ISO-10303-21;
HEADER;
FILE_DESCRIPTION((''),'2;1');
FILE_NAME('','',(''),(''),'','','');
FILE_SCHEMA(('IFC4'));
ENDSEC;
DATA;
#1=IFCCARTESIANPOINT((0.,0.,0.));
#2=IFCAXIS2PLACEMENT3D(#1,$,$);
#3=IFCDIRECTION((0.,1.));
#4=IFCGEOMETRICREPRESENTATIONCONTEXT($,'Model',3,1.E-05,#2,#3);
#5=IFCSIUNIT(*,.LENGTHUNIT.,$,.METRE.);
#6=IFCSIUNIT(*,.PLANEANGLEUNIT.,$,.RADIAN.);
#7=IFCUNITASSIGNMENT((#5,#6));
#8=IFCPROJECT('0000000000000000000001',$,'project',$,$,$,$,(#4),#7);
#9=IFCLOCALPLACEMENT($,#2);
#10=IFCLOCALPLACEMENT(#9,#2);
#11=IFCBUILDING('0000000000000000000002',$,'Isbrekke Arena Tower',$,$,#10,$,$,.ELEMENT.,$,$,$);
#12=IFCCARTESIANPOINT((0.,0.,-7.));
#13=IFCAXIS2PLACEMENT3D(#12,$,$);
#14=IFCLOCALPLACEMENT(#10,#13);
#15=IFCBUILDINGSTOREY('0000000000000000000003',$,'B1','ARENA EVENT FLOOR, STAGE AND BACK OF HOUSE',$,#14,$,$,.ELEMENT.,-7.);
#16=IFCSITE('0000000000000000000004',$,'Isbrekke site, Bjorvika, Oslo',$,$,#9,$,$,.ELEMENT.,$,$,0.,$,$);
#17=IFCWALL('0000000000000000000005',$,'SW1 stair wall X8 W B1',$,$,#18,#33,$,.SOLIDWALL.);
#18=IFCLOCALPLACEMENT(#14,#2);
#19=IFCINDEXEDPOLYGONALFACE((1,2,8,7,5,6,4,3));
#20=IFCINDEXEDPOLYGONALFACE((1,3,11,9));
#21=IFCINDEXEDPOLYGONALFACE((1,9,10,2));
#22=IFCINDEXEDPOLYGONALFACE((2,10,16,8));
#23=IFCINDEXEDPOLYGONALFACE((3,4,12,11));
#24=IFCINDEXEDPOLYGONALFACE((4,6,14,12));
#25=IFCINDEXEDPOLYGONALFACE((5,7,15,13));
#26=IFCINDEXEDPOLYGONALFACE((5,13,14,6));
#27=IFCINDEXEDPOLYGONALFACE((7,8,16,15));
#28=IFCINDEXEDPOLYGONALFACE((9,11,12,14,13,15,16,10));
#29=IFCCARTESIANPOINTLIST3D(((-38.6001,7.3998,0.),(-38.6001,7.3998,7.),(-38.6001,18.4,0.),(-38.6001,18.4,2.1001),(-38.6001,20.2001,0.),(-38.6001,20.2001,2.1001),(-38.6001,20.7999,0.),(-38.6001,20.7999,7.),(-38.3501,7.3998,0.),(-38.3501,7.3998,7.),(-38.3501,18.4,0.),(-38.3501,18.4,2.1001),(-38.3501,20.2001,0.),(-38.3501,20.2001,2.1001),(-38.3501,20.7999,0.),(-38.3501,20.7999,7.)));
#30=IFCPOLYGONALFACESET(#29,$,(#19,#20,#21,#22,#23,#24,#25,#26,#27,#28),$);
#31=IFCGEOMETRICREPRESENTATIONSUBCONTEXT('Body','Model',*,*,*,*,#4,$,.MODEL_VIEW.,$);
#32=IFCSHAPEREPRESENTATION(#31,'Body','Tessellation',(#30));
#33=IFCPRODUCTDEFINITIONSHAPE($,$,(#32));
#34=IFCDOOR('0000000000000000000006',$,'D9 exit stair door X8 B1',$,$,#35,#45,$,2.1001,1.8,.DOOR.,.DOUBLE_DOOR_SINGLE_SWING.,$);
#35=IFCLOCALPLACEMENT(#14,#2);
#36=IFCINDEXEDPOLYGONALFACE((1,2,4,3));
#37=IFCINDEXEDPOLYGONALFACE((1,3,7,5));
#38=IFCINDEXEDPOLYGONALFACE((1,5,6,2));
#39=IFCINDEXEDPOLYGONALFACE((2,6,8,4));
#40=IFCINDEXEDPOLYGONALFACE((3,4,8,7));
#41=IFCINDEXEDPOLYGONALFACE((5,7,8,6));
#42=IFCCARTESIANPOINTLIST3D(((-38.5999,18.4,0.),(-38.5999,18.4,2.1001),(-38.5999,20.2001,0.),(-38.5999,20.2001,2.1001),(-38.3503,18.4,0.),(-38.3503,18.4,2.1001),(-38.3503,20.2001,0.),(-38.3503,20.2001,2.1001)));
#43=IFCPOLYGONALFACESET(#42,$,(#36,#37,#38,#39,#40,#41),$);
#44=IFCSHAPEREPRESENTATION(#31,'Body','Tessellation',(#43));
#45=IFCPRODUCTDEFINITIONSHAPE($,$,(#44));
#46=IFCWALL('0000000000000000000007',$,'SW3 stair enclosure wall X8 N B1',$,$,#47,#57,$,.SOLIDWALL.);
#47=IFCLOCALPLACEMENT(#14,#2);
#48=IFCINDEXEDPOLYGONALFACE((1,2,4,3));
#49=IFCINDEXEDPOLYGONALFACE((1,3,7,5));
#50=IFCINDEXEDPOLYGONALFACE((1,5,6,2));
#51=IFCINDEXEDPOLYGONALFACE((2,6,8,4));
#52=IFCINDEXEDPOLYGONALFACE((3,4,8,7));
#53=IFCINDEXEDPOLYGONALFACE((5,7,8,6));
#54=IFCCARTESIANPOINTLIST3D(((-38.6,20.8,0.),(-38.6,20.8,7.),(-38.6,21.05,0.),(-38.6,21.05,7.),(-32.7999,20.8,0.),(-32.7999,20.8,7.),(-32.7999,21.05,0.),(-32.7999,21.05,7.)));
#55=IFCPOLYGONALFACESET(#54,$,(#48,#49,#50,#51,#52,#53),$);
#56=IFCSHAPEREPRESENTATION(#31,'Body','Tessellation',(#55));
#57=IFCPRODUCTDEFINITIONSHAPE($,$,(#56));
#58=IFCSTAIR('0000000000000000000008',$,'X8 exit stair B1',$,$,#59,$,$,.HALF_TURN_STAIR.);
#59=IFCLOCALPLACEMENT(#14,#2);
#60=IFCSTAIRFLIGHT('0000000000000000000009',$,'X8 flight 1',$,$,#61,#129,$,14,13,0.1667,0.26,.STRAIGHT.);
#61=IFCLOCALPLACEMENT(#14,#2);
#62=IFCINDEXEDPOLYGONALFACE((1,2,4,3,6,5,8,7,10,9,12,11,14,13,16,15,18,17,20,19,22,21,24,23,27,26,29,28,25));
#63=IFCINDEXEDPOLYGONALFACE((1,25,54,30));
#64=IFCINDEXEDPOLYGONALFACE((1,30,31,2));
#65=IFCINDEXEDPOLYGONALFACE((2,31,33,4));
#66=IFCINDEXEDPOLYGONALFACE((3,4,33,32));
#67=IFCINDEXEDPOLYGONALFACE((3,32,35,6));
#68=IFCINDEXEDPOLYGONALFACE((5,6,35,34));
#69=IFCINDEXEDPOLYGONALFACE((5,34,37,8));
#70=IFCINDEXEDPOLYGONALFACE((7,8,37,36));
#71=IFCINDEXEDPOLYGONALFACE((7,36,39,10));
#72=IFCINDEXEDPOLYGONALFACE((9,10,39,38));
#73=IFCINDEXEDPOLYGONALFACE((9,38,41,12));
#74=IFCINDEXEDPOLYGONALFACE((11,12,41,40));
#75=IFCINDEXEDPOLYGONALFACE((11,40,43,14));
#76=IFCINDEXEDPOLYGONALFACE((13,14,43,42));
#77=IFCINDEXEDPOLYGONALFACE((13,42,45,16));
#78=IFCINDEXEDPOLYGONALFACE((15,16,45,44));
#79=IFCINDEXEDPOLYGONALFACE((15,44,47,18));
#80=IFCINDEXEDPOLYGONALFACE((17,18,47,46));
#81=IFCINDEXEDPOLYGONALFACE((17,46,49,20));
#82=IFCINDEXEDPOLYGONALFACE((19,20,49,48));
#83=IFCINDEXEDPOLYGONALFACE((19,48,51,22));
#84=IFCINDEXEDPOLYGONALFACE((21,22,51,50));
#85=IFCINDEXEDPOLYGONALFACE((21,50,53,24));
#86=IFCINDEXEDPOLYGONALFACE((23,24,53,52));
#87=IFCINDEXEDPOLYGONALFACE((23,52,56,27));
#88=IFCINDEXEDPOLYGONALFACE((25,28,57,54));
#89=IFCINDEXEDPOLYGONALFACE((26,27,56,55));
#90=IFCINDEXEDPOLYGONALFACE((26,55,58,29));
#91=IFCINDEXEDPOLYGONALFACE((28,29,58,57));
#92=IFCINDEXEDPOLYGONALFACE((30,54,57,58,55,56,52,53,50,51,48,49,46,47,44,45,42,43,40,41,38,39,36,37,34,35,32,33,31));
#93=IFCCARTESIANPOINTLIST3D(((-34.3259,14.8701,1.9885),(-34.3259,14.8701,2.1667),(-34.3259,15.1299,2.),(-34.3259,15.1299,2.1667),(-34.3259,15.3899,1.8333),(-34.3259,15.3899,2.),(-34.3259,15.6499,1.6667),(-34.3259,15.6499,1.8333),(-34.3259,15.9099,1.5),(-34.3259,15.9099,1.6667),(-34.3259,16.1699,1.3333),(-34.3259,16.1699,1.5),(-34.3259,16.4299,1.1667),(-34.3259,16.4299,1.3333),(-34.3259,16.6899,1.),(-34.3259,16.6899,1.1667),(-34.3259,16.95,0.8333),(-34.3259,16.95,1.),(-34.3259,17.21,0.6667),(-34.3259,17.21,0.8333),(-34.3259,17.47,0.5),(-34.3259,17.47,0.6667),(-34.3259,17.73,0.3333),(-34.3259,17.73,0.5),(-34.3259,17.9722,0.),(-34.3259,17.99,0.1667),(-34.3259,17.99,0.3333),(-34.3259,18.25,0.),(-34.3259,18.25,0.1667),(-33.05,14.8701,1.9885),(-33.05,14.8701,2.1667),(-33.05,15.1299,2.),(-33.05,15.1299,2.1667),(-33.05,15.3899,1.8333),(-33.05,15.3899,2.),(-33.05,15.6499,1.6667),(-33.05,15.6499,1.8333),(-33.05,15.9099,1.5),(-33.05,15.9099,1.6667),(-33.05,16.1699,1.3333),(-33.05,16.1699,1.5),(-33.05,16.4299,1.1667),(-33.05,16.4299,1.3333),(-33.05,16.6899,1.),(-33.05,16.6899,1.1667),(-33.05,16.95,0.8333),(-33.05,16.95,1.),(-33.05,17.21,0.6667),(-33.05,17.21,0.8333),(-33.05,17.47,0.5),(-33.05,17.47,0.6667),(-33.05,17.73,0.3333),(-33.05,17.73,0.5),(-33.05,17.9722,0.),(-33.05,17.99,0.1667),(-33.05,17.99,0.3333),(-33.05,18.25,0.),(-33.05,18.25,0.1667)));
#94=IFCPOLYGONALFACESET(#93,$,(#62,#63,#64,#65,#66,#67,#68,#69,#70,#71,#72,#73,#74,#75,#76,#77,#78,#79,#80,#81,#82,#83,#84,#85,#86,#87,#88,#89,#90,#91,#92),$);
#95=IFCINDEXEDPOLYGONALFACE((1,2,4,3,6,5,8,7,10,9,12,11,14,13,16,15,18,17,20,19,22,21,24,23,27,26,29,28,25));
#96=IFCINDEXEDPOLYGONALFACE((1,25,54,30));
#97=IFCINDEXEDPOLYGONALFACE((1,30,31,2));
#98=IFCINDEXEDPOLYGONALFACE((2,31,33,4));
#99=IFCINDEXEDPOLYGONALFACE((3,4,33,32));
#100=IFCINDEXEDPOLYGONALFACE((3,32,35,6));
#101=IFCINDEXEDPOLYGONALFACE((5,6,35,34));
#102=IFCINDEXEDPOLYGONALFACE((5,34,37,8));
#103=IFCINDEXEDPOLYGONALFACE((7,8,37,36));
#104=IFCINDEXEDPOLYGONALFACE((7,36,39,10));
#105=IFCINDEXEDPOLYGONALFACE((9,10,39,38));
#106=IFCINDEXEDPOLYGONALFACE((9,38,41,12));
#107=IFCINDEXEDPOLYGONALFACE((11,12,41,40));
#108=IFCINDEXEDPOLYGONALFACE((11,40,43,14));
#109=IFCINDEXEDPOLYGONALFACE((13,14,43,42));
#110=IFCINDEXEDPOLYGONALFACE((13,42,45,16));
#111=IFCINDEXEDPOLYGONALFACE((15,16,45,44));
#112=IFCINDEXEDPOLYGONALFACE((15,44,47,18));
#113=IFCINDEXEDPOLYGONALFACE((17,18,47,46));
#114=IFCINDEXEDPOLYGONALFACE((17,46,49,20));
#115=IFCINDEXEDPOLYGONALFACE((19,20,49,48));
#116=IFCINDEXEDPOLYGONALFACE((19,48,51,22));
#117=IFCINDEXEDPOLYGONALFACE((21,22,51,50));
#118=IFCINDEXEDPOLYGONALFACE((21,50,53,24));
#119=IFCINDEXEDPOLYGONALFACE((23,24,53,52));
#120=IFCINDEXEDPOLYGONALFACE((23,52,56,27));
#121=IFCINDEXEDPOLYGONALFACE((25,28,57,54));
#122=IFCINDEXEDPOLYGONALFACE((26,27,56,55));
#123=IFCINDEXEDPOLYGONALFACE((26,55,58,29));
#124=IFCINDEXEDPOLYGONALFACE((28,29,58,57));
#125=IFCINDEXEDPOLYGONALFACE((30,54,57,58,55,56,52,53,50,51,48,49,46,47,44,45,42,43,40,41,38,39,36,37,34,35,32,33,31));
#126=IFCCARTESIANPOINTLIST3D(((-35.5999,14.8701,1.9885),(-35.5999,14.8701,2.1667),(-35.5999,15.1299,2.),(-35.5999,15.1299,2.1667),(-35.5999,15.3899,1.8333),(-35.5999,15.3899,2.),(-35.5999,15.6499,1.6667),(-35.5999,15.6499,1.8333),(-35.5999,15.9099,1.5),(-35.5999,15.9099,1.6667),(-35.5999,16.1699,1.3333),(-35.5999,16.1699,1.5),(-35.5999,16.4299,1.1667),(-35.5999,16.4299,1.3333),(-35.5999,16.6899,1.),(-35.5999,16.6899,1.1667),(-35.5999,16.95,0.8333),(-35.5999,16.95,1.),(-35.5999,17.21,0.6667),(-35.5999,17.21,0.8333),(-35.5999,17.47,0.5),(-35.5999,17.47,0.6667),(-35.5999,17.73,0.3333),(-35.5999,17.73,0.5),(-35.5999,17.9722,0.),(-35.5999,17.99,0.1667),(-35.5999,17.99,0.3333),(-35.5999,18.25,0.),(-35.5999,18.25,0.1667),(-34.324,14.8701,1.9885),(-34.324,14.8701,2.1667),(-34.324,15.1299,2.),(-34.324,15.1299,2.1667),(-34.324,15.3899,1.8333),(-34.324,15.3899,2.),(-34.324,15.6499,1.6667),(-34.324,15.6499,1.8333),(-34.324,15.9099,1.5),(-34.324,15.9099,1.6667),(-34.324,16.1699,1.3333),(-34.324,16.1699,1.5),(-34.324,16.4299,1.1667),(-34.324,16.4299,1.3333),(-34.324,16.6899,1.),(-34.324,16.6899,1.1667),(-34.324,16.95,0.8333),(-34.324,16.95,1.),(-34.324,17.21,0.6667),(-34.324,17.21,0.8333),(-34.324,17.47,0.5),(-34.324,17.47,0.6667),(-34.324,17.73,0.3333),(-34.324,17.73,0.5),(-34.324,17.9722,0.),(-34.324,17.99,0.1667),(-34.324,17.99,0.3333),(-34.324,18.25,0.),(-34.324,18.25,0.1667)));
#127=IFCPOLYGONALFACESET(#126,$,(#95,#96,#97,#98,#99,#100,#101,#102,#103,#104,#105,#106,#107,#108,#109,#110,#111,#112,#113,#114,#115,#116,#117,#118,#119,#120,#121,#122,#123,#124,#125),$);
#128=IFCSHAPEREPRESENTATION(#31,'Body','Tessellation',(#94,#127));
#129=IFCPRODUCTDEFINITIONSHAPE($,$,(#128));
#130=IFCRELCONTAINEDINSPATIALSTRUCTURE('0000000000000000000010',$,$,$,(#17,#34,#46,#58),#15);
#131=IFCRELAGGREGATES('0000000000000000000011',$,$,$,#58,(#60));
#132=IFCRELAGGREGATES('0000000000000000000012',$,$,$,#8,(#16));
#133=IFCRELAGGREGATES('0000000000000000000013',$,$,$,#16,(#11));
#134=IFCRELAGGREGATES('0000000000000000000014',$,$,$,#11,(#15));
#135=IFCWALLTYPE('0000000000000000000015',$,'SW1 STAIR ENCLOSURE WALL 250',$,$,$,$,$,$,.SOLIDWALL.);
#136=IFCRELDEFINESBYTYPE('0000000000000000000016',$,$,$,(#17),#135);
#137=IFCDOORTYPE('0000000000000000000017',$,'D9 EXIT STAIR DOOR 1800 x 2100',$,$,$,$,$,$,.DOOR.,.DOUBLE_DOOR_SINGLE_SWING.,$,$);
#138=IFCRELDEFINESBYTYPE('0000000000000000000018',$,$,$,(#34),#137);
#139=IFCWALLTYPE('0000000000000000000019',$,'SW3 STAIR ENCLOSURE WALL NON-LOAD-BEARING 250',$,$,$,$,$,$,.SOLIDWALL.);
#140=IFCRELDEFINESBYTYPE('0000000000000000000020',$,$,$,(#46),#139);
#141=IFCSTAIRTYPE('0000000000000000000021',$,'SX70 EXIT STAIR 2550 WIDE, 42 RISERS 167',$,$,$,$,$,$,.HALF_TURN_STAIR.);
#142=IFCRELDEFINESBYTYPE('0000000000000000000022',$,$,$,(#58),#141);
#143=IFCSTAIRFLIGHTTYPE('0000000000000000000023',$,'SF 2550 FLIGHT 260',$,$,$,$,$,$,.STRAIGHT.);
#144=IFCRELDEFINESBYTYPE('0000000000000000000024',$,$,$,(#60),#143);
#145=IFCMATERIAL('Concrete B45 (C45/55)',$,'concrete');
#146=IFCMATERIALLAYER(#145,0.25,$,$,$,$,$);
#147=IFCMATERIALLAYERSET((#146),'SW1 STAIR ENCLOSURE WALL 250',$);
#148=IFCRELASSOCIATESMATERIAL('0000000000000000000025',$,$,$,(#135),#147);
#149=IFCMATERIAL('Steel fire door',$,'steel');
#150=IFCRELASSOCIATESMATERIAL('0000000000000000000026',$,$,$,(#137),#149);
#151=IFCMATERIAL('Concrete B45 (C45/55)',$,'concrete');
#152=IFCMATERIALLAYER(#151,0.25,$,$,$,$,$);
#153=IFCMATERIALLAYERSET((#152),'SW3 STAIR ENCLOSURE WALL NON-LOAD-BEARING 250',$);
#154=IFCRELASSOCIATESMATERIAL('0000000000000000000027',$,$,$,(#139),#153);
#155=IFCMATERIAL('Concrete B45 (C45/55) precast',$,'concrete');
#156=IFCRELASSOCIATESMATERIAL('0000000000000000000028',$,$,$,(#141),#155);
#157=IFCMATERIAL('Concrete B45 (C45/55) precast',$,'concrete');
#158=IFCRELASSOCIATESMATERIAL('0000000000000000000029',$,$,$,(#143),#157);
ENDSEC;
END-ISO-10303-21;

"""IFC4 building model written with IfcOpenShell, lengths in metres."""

from ifc_helpers import new_model, si_unit, direction, frame, frame_2d, origin, place, context, subcontext, project, spatial, polyline, rectangle, outline, extrude, material, layer, layer_set, type_object, element, fill, aggregate, save


model = new_model("IFC4")

# Units and contexts
model_context = context("Model", 3, precision=1e-05, world=origin(), true_north=direction((0.0, 1.0)))
body_context = subcontext(model_context, "Body", "Model", "MODEL_VIEW")
ifc_project = project(units=[si_unit("LENGTHUNIT", "METRE"), si_unit("PLANEANGLEUNIT", "RADIAN")], contexts=[model_context])

# Site, building, storey
site_placement = place(None, origin())
site = spatial("IfcSite", under=ifc_project, at=site_placement, Name="Isbrekke site, Bjorvika, Oslo", CompositionType="ELEMENT", RefElevation=0.0)
building_placement = place(site_placement, origin())
building = spatial("IfcBuilding", under=site, at=building_placement, Name="Isbrekke Arena Tower", CompositionType="ELEMENT")
storey_placement = place(building_placement, frame((0.0, 0.0, -7.0)))
storey = spatial("IfcBuildingStorey", under=building, at=storey_placement, Name="B1", Description="ARENA EVENT FLOOR, STAGE AND BACK OF HOUSE", CompositionType="ELEMENT", Elevation=-7.0)

# Wall, opening, door
ifc_material_1 = material(Name="Concrete B45 (C45/55)", Category="concrete")
ifc_layer_1 = layer(ifc_material_1, 0.25)
ifc_layer_set_1 = layer_set([ifc_layer_1], Name="SW1 STAIR ENCLOSURE WALL 250")
wall_type_1 = type_object("IfcWallType", Name="SW1 STAIR ENCLOSURE WALL 250", PredefinedType="SOLIDWALL", material=ifc_layer_set_1)
wall_1_placement = place(storey_placement, frame((-38.4751, 20.8, 0.0), z_axis=(0.0, 0.0, 1.0), x_axis=(0.0, -1.0, 0.0)))
wall_1 = element("IfcWall", 1, at=wall_1_placement, inside=storey, type_object=wall_type_1, Name="SW1 stair wall X8 W B1", PredefinedType="SOLIDWALL", context=body_context, shape_type="SweptSolid", body=[
    extrude(rectangle(XDim=13.4001, YDim=0.25, at=frame_2d((6.7002, 0.0))), origin(), (0.0, 0.0, 1.0), 7.0),
])
opening_1_placement = place(wall_1_placement, frame((0.6001, 0.0, 0.0)))
opening_1 = element("IfcOpeningElement", 2, at=opening_1_placement, cuts=wall_1, PredefinedType="OPENING", context=body_context, shape_type="SweptSolid", body=[
    extrude(rectangle(XDim=1.8, YDim=2.1001, at=frame_2d((0.8999, 1.05))), frame((0.0, 0.1399, 0.0), z_axis=(0.0, -1.0, 0.0), x_axis=(1.0, 0.0, 0.0)), (0.0, 0.0, 1.0), 0.2798),
])
ifc_material_2 = material(Name="Steel fire door", Category="steel")
door_type_1 = type_object("IfcDoorType", Name="D9 EXIT STAIR DOOR 1800 x 2100", OperationType="DOUBLE_DOOR_SINGLE_SWING", PredefinedType="DOOR", material=ifc_material_2)
door_1_placement = place(opening_1_placement, origin())
door_1 = element("IfcDoor", 3, at=door_1_placement, inside=storey, type_object=door_type_1, Name="D9 exit stair door X8 B1", OperationType="DOUBLE_DOOR_SINGLE_SWING", OverallHeight=2.1001, OverallWidth=1.8, PredefinedType="DOOR", context=body_context, shape_type="SweptSolid", body=[
    extrude(rectangle(XDim=1.8, YDim=2.1001, at=frame_2d((0.8999, 1.05))), frame((0.0, 0.1248, 0.0), z_axis=(0.0, -1.0, 0.0), x_axis=(1.0, 0.0, 0.0)), (0.0, 0.0, 1.0), 0.2495),
])
fill(opening_1, door_1)

# Wall
ifc_material_3 = material(Name="Concrete B45 (C45/55)", Category="concrete")
ifc_layer_2 = layer(ifc_material_3, 0.25)
ifc_layer_set_2 = layer_set([ifc_layer_2], Name="SW3 STAIR ENCLOSURE WALL NON-LOAD-BEARING 250")
wall_type_2 = type_object("IfcWallType", Name="SW3 STAIR ENCLOSURE WALL NON-LOAD-BEARING 250", PredefinedType="SOLIDWALL", material=ifc_layer_set_2)
wall_2_placement = place(storey_placement, frame((-32.8, 20.925, 0.0), z_axis=(0.0, 0.0, 1.0), x_axis=(-1.0, 0.0, 0.0)))
element("IfcWall", 4, at=wall_2_placement, inside=storey, type_object=wall_type_2, Name="SW3 stair enclosure wall X8 N B1", PredefinedType="SOLIDWALL", context=body_context, shape_type="SweptSolid", body=[
    extrude(rectangle(XDim=5.8, YDim=0.25, at=frame_2d((2.8999, 0.0))), origin(), (0.0, 0.0, 1.0), 7.0),
])

# Stair, stair flight
ifc_material_4 = material(Name="Concrete B45 (C45/55) precast", Category="concrete")
stair_type = type_object("IfcStairType", Name="SX70 EXIT STAIR 2550 WIDE, 42 RISERS 167", PredefinedType="HALF_TURN_STAIR", material=ifc_material_4)
stair_placement = place(storey_placement, origin())
stair = element("IfcStair", 5, at=stair_placement, inside=storey, type_object=stair_type, Name="X8 exit stair B1", PredefinedType="HALF_TURN_STAIR")
ifc_material_5 = material(Name="Concrete B45 (C45/55) precast", Category="concrete")
stair_flight_type = type_object("IfcStairFlightType", Name="SF 2550 FLIGHT 260", PredefinedType="STRAIGHT", material=ifc_material_5)
stair_flight_placement = place(storey_placement, frame((-34.325, 18.25, 0.0), z_axis=(0.0, 0.0, 1.0), x_axis=(0.0, -1.0, 0.0)))
stair_flight = element("IfcStairFlight", 6, at=stair_flight_placement, type_object=stair_flight_type, Name="X8 flight 1", NumberOfRisers=14, NumberOfTreads=13, PredefinedType="STRAIGHT", RiserHeight=0.1667, TreadLength=0.26, context=body_context, shape_type="SweptSolid", body=[
    extrude(outline(polyline([(0.0, 0.0), (0.0, 0.1667), (0.26, 0.1667), (0.26, 0.3333), (0.52, 0.3333), (0.52, 0.5), (0.78, 0.5), (0.78, 0.6667), (1.04, 0.6667), (1.04, 0.8333), (1.3, 0.8333), (1.3, 1.0), (1.5601, 1.0), (1.5601, 1.1667), (1.8201, 1.1667), (1.8201, 1.3333), (2.0801, 1.3333), (2.0801, 1.5), (2.3401, 1.5), (2.3401, 1.6667), (2.6001, 1.6667), (2.6001, 1.8333), (2.8601, 1.8333), (2.8601, 2.0), (3.1201, 2.0), (3.1201, 2.1667), (3.3799, 2.1667), (3.3799, 2.3333), (3.3799, 1.9885), (0.2778, 0.0), (0.0, 0.0)])), frame((0.0, 1.2749, 0.0), z_axis=(0.0, -1.0, 0.0), x_axis=(1.0, 0.0, 0.0)), (0.0, 0.0, 1.0), 1.2759),
    extrude(outline(polyline([(0.0, 0.0), (0.0, 0.1667), (0.26, 0.1667), (0.26, 0.3333), (0.52, 0.3333), (0.52, 0.5), (0.78, 0.5), (0.78, 0.6667), (1.04, 0.6667), (1.04, 0.8333), (1.3, 0.8333), (1.3, 1.0), (1.5601, 1.0), (1.5601, 1.1667), (1.8201, 1.1667), (1.8201, 1.3333), (2.0801, 1.3333), (2.0801, 1.5), (2.3401, 1.5), (2.3401, 1.6667), (2.6001, 1.6667), (2.6001, 1.8333), (2.8601, 1.8333), (2.8601, 2.0), (3.1201, 2.0), (3.1201, 2.1667), (3.3799, 2.1667), (3.3799, 2.3333), (3.3799, 1.9885), (0.2778, 0.0), (0.0, 0.0)])), frame((0.0, 0.001, 0.0), z_axis=(0.0, -1.0, 0.0), x_axis=(1.0, 0.0, 0.0)), (0.0, 0.0, 1.0), 1.2759),
])
aggregate(stair, [stair_flight])

save(model, "model.ifc")
